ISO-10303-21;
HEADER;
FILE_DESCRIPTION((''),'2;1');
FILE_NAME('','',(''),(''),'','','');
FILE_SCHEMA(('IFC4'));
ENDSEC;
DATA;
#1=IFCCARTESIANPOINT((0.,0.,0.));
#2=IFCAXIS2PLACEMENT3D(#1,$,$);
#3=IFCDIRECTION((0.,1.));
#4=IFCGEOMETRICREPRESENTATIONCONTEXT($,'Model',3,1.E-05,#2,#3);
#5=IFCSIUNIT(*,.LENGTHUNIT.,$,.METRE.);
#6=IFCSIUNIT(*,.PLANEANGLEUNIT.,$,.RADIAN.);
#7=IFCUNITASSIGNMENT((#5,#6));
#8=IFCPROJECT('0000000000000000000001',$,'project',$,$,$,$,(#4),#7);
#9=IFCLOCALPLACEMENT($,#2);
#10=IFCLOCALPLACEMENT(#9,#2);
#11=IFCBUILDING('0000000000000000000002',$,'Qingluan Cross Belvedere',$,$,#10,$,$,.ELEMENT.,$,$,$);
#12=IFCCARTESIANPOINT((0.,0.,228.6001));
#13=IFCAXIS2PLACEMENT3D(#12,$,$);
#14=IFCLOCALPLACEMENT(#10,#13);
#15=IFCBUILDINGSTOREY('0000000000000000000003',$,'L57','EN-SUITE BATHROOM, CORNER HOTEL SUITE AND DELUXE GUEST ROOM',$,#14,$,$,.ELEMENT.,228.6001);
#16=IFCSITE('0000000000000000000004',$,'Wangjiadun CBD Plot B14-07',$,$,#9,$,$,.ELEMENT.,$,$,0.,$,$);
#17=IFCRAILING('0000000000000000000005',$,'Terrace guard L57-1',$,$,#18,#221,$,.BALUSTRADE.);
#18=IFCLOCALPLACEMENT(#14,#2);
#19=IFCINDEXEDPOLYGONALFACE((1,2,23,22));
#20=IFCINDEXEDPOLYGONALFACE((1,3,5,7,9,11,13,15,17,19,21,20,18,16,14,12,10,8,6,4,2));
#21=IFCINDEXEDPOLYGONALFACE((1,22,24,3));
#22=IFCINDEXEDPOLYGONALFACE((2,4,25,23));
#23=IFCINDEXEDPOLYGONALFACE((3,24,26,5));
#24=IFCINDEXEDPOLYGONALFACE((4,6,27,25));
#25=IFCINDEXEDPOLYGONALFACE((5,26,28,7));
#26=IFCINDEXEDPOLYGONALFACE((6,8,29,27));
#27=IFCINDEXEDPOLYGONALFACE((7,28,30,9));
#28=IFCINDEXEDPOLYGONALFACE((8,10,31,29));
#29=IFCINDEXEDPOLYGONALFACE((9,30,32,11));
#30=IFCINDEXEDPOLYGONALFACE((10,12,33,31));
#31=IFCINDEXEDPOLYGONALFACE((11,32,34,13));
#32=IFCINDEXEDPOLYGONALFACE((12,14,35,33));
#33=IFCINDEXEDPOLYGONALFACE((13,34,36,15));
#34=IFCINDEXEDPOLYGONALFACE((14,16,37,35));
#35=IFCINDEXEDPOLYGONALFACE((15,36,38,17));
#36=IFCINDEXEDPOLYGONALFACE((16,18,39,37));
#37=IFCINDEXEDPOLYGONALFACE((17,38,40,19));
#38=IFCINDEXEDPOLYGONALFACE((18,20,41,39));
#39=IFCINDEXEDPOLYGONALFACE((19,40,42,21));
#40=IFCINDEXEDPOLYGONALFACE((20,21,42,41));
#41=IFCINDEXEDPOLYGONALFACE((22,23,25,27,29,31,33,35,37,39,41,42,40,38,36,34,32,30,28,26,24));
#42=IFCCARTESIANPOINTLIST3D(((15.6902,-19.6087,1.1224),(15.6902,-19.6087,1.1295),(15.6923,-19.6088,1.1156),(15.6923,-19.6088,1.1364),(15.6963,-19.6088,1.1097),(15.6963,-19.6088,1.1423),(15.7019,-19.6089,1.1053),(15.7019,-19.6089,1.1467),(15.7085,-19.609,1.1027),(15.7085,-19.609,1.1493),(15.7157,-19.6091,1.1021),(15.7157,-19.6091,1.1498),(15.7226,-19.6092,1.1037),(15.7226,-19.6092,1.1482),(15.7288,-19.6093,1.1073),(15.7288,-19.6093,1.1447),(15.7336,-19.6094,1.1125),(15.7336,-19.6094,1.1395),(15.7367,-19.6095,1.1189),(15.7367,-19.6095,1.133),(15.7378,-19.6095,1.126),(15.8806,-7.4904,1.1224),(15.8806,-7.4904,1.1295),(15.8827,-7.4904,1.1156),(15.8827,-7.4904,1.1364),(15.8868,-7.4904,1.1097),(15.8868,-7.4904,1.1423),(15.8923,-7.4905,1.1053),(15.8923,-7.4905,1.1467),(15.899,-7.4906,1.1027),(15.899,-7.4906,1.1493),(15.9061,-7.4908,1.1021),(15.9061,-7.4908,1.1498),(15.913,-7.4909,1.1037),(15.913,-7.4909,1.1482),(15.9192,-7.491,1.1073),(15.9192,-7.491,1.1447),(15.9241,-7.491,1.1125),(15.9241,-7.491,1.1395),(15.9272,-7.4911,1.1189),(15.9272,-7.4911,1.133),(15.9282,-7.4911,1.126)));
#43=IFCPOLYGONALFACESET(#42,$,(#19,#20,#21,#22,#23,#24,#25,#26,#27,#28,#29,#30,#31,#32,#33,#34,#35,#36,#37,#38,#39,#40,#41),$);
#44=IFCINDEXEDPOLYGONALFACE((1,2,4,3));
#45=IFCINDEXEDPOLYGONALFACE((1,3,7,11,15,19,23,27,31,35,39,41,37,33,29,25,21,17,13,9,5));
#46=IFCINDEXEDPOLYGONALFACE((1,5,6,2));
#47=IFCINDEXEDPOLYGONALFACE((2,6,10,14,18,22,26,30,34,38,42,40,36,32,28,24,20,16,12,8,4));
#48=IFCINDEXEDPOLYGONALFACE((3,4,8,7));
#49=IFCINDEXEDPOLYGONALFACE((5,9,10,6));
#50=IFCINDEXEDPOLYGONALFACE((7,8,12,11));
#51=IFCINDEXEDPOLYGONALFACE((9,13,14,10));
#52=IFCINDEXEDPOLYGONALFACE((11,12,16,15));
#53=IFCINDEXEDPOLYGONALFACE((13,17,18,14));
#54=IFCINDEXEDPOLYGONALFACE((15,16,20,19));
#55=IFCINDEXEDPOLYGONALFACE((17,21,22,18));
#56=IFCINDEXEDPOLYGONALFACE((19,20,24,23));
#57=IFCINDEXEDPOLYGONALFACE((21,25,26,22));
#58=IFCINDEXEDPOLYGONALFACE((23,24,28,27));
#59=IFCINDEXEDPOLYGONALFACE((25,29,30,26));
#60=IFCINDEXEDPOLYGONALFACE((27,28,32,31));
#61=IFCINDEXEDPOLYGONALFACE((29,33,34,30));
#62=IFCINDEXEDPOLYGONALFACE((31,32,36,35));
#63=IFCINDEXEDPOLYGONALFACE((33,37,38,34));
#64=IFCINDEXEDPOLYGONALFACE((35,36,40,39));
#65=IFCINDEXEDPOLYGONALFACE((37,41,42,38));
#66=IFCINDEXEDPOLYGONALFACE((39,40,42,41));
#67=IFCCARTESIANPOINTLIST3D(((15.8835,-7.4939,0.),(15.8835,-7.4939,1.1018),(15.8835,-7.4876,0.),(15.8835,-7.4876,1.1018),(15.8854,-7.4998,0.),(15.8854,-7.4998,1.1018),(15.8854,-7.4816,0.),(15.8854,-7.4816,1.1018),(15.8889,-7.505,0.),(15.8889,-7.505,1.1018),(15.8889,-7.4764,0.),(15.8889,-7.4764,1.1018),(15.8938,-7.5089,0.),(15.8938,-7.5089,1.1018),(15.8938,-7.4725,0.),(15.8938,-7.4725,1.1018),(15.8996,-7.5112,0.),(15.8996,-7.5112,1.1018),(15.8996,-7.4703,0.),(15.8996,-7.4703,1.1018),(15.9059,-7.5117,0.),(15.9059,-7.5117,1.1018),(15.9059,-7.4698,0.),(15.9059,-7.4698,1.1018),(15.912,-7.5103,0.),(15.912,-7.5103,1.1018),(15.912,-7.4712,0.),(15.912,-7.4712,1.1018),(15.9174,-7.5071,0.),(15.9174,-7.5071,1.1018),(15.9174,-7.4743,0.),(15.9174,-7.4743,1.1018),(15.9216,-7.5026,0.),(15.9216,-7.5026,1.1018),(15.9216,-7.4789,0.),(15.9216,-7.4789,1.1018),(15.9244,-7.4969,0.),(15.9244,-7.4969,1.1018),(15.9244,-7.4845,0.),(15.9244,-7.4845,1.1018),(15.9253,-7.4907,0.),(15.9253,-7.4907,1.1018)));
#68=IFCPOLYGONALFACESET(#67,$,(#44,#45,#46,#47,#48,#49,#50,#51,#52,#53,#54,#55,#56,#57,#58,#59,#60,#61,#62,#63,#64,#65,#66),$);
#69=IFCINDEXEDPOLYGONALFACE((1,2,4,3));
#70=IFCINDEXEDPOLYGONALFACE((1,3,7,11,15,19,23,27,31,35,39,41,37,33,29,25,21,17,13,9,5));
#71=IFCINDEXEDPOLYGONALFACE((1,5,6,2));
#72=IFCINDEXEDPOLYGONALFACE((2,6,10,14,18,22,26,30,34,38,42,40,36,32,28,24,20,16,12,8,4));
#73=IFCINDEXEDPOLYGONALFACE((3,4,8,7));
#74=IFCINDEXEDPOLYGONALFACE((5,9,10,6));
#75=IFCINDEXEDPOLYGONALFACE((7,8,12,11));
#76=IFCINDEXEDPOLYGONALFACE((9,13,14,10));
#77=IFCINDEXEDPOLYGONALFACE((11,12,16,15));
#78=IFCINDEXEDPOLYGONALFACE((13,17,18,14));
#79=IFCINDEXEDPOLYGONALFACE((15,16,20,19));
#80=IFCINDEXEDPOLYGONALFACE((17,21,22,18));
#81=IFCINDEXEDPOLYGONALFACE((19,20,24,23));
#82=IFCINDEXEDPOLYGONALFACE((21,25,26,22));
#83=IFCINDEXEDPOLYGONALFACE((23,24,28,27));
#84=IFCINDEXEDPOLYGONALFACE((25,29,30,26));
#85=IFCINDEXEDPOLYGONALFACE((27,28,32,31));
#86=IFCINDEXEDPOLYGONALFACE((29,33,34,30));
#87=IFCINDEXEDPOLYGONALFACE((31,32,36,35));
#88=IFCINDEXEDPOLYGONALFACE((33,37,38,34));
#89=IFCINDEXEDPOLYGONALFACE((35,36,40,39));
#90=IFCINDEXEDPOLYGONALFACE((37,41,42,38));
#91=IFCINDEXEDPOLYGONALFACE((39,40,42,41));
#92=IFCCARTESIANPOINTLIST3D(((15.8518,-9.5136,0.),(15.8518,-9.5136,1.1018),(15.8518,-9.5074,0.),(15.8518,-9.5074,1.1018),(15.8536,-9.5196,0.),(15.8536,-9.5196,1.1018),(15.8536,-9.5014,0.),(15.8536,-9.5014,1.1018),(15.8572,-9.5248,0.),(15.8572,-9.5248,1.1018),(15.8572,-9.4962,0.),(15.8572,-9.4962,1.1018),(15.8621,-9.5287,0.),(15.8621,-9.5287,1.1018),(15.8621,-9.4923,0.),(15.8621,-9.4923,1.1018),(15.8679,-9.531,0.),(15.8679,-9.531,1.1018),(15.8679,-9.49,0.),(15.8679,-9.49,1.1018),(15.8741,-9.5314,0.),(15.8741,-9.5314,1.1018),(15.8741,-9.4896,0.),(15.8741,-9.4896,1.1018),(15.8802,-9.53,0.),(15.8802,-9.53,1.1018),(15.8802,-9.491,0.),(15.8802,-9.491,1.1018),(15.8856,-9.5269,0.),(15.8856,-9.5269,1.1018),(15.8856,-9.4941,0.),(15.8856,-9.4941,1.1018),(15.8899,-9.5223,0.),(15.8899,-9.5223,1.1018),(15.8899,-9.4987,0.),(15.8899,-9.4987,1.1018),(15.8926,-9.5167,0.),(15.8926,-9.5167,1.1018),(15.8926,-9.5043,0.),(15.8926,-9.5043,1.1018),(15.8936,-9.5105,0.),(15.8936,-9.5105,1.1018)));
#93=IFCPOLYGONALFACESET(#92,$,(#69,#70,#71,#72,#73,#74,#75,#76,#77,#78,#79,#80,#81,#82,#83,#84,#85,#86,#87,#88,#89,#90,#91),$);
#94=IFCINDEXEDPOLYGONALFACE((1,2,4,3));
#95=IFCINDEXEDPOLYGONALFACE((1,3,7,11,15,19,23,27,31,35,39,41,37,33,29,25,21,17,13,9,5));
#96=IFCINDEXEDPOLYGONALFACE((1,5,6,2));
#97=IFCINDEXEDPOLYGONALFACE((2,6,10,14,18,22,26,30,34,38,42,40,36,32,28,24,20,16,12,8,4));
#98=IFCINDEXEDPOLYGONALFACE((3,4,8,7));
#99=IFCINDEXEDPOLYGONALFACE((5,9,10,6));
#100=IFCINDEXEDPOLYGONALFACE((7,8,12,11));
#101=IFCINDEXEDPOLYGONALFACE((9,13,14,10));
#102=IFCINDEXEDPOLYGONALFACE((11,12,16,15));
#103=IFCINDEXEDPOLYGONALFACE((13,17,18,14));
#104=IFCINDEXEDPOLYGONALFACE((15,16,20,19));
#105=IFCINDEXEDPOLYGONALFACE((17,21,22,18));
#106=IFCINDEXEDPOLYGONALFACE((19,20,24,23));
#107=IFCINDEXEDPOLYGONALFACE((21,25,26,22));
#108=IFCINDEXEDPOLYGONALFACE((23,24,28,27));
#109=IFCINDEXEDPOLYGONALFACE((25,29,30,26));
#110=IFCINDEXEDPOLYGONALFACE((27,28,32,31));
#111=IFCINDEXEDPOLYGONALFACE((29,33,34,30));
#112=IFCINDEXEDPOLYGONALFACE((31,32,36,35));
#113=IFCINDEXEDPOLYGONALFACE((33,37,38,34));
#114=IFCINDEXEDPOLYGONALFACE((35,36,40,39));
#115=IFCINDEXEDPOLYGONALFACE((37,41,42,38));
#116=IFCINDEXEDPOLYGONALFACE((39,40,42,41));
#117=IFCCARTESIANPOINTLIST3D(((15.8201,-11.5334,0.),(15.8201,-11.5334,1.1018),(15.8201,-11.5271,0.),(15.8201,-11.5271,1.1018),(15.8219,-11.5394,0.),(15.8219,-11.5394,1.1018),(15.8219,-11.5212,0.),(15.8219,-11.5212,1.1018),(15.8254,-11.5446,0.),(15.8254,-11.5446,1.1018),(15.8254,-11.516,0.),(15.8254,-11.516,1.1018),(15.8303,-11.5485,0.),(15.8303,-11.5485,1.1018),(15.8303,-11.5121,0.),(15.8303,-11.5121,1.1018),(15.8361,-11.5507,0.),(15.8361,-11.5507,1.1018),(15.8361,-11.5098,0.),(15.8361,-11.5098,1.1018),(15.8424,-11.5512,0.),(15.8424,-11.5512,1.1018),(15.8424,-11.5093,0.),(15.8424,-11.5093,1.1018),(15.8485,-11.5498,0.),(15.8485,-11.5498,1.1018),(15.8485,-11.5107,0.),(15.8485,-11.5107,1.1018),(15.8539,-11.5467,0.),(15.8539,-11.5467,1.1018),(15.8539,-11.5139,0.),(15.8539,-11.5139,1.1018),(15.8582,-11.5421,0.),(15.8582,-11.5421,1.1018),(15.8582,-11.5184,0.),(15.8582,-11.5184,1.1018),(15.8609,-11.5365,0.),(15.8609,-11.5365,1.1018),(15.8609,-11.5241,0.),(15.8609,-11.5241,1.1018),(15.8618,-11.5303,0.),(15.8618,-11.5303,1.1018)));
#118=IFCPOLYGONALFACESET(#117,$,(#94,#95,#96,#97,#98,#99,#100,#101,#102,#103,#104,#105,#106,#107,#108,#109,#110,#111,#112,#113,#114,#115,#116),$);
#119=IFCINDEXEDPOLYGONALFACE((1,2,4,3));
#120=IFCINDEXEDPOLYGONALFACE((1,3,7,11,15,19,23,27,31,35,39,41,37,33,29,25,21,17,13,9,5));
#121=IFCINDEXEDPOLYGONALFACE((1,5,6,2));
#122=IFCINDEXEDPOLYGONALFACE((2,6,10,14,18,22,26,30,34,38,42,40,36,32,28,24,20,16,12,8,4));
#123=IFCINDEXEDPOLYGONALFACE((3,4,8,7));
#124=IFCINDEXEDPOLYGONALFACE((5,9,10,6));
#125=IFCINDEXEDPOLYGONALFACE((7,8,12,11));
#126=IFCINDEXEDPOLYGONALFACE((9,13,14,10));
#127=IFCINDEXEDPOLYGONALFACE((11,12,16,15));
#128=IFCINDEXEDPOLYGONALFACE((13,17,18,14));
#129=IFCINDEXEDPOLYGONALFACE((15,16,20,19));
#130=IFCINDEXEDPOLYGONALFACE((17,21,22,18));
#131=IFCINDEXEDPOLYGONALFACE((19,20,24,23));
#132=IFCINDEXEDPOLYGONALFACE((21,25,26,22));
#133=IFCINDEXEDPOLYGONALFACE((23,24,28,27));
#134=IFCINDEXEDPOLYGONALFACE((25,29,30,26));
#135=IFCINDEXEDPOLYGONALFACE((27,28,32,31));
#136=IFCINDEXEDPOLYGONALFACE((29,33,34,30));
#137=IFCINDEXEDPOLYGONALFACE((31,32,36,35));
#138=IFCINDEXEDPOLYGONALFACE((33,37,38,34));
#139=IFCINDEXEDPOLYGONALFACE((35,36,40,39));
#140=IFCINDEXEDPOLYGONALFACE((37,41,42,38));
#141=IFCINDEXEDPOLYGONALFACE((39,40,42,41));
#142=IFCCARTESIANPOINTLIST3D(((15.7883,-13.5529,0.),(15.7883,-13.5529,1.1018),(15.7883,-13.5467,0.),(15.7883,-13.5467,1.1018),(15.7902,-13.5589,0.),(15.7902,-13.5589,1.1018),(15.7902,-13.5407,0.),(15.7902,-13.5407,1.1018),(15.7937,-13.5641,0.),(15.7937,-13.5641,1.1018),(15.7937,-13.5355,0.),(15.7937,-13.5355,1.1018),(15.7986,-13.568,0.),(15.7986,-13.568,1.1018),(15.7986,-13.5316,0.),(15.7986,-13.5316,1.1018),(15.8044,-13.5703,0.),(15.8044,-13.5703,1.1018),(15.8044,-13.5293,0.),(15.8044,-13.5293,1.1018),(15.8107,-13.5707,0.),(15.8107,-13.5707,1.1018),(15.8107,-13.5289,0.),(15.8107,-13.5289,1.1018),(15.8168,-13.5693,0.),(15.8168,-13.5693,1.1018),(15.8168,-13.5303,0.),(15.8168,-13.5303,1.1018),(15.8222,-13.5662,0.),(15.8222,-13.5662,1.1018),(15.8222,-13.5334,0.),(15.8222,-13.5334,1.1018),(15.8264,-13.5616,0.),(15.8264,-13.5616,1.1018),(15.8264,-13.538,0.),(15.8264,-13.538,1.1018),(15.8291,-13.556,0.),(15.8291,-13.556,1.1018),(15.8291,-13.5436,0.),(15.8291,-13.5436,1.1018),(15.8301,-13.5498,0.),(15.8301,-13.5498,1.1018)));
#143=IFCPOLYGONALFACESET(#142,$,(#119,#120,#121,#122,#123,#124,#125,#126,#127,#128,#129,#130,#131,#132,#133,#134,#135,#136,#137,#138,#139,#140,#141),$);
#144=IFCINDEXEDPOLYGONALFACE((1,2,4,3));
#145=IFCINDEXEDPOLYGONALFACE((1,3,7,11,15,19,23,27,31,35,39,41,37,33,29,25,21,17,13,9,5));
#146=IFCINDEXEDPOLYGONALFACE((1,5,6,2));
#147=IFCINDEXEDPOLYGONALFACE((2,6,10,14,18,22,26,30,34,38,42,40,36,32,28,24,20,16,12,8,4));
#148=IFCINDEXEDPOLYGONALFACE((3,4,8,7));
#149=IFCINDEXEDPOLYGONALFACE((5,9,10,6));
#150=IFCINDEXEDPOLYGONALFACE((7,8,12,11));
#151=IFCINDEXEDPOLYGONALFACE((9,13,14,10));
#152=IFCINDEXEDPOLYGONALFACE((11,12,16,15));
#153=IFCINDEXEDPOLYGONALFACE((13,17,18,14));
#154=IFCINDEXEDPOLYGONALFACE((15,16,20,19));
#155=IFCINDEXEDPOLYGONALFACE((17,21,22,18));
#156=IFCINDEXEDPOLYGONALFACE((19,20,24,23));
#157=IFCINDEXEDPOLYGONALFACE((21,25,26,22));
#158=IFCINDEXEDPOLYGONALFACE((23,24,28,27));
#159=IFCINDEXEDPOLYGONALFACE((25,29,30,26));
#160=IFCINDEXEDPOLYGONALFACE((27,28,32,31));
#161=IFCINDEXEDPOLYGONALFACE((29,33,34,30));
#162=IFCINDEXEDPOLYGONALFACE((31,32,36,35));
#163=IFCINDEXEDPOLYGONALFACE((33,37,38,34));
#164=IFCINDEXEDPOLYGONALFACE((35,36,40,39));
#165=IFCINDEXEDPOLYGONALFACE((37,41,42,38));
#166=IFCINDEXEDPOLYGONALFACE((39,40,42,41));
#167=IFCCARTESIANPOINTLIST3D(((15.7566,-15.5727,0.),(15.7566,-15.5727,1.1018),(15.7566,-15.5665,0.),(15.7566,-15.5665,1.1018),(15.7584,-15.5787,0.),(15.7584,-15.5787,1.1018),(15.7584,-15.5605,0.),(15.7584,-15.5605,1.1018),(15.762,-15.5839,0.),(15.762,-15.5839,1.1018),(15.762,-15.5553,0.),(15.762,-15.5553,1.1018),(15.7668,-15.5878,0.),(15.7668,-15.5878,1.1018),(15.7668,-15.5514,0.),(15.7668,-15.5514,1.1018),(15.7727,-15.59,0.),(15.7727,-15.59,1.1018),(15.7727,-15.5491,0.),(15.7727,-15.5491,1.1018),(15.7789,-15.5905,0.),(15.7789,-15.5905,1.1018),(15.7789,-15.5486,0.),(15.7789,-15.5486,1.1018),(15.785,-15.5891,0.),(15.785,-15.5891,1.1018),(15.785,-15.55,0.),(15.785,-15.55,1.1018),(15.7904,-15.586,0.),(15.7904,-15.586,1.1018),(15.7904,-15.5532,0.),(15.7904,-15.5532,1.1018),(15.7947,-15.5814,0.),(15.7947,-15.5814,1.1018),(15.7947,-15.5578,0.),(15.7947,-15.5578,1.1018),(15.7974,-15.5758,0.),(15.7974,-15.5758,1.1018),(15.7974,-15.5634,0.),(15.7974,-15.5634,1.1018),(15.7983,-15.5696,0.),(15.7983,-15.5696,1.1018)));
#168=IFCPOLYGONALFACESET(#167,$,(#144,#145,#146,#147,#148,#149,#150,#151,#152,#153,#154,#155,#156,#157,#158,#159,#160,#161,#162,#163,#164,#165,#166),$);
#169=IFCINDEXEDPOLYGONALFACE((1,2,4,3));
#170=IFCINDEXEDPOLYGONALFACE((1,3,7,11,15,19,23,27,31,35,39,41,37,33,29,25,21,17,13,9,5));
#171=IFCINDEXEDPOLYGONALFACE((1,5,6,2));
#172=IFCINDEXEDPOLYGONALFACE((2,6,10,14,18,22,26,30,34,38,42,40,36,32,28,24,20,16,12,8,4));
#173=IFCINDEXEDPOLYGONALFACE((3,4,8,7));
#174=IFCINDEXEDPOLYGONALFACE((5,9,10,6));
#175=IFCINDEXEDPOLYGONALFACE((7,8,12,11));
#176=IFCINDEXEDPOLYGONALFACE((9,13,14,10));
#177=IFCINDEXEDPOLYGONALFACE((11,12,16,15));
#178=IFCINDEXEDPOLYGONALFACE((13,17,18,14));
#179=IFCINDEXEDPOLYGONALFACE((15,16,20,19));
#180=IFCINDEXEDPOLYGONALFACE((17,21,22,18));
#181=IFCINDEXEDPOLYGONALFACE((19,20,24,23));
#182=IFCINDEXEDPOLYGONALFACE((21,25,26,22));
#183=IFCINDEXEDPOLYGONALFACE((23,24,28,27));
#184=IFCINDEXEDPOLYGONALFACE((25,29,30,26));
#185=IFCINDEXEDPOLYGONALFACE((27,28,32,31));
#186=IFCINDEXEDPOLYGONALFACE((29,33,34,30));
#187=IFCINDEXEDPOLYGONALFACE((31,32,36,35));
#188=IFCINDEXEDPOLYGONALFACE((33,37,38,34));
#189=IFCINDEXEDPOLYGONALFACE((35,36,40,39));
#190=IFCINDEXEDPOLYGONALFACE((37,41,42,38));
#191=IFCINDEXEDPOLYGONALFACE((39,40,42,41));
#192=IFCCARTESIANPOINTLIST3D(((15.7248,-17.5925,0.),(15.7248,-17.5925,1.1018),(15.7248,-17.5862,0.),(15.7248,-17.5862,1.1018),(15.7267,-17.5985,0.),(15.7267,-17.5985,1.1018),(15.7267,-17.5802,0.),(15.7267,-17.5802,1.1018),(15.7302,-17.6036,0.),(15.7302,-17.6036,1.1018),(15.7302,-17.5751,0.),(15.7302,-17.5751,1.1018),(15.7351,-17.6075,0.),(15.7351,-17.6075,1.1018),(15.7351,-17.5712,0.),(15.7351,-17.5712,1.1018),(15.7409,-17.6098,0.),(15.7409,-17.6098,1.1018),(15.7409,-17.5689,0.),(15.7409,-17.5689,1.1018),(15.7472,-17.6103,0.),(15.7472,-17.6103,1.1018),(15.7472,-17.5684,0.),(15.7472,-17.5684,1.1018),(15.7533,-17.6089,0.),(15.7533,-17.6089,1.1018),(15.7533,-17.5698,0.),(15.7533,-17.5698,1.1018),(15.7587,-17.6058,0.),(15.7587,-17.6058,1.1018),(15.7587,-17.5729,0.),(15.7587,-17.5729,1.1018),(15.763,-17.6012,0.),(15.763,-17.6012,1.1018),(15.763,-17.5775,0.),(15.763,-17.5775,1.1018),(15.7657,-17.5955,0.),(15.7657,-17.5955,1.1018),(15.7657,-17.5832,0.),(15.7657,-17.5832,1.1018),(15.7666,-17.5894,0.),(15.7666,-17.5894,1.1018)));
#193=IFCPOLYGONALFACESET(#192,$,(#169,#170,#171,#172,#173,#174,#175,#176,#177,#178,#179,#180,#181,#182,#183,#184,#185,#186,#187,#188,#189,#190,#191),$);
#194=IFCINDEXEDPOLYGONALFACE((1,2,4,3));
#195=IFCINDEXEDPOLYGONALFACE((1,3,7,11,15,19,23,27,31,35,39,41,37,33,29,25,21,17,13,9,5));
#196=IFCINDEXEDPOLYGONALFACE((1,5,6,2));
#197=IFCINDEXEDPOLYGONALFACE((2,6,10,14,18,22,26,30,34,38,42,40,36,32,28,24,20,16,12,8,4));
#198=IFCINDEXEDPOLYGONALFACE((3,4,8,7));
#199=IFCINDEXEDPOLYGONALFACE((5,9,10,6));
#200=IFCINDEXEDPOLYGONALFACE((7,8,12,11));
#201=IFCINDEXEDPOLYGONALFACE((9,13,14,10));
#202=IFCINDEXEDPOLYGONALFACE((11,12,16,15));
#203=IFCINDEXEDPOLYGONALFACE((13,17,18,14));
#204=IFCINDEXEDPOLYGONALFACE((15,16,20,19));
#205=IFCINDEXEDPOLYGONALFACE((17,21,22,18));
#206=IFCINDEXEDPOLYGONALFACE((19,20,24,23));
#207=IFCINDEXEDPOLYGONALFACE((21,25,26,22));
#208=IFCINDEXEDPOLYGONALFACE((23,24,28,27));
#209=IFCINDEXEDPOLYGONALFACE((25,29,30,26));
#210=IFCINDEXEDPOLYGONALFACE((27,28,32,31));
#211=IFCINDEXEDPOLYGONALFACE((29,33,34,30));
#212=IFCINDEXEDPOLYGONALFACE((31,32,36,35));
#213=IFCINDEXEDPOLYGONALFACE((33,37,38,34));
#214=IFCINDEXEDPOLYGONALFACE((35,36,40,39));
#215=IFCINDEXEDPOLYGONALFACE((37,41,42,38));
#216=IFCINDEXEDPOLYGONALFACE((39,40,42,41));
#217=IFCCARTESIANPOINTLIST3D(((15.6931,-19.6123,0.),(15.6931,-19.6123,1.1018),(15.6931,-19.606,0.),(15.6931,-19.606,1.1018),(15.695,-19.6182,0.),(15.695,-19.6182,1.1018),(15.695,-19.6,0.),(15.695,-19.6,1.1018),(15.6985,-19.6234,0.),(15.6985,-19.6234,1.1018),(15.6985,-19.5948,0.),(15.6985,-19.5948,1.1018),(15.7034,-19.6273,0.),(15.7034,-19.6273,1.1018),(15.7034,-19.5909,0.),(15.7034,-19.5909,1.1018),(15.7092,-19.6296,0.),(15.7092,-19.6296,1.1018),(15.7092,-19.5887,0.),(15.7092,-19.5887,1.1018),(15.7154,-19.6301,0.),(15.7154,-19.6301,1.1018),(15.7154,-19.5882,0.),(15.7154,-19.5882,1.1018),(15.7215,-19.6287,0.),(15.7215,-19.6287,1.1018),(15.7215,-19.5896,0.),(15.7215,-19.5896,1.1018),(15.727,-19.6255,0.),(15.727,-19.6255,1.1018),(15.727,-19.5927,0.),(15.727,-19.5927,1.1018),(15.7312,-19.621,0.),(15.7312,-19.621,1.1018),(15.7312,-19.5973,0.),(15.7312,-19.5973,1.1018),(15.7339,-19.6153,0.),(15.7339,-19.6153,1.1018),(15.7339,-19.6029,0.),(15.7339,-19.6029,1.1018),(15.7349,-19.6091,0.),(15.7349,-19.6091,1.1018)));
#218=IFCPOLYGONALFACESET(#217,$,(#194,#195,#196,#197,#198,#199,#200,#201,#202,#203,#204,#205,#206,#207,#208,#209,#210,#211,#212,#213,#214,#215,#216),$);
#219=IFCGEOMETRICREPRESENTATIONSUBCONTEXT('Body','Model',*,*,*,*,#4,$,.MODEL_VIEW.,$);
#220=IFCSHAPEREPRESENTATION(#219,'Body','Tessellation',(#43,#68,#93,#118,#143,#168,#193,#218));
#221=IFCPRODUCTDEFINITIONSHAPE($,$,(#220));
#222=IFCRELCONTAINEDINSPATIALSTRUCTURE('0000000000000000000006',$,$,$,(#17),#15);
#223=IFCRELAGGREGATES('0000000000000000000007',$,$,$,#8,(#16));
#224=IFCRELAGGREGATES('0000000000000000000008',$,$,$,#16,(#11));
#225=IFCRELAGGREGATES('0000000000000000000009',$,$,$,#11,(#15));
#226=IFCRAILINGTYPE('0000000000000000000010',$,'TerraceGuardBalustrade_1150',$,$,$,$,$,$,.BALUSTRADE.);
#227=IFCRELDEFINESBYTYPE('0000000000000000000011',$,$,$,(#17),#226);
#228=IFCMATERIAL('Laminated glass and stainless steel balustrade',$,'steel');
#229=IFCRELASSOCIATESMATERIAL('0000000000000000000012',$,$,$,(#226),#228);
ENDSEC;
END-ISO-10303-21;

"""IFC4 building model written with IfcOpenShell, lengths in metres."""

from ifc_helpers import new_model, si_unit, direction, frame, origin, origin_2d, place, context, subcontext, project, spatial, circle, extrude, material, type_object, element, save


model = new_model("IFC4")

# Units and contexts
model_context = context("Model", 3, precision=1e-05, world=origin(), true_north=direction((0.0, 1.0)))
body_context = subcontext(model_context, "Body", "Model", "MODEL_VIEW")
ifc_project = project(units=[si_unit("LENGTHUNIT", "METRE"), si_unit("PLANEANGLEUNIT", "RADIAN")], contexts=[model_context])

# Site, building, storey
site_placement = place(None, origin())
site = spatial("IfcSite", under=ifc_project, at=site_placement, Name="Wangjiadun CBD Plot B14-07", CompositionType="ELEMENT", RefElevation=0.0)
building_placement = place(site_placement, origin())
building = spatial("IfcBuilding", under=site, at=building_placement, Name="Qingluan Cross Belvedere", CompositionType="ELEMENT")
storey_placement = place(building_placement, frame((0.0, 0.0, 228.6001)))
storey = spatial("IfcBuildingStorey", under=building, at=storey_placement, Name="L57", Description="EN-SUITE BATHROOM, CORNER HOTEL SUITE AND DELUXE GUEST ROOM", CompositionType="ELEMENT", Elevation=228.6001)

# Railing
ifc_material_1 = material(Name="Laminated glass and stainless steel balustrade", Category="steel")
railing_type = type_object("IfcRailingType", Name="TerraceGuardBalustrade_1150", PredefinedType="BALUSTRADE", material=ifc_material_1)
railing_1_placement = place(storey_placement, frame((15.9043, -7.4907, 0.0)))
element("IfcRailing", 1, at=railing_1_placement, inside=storey, type_object=railing_type, Name="Terrace guard L57-1", PredefinedType="BALUSTRADE", context=body_context, shape_type="SweptSolid", body=[
    extrude(circle(Radius=0.0239, at=origin_2d()), frame((0.0, 0.0, 1.126), z_axis=(-0.015712, -0.999877, 0.0), x_axis=(0.999877, -0.015712, 0.0)), (0.0, 0.0, 1.0), 12.1199),
    extrude(circle(Radius=0.021, at=origin_2d()), origin(), (0.0, 0.0, 1.0), 1.1018),
    extrude(circle(Radius=0.021, at=origin_2d()), frame((-0.0317, -2.0198, 0.0)), (0.0, 0.0, 1.0), 1.1018),
    extrude(circle(Radius=0.021, at=origin_2d()), frame((-0.0635, -4.0396, 0.0)), (0.0, 0.0, 1.0), 1.1018),
    extrude(circle(Radius=0.021, at=origin_2d()), frame((-0.0952, -6.0591, 0.0)), (0.0, 0.0, 1.0), 1.1018),
    extrude(circle(Radius=0.021, at=origin_2d()), frame((-0.127, -8.0789, 0.0)), (0.0, 0.0, 1.0), 1.1018),
    extrude(circle(Radius=0.021, at=origin_2d()), frame((-0.1587, -10.0986, 0.0)), (0.0, 0.0, 1.0), 1.1018),
    extrude(circle(Radius=0.021, at=origin_2d()), frame((-0.1904, -12.1184, 0.0)), (0.0, 0.0, 1.0), 1.1018),
])

save(model, "model.ifc")
